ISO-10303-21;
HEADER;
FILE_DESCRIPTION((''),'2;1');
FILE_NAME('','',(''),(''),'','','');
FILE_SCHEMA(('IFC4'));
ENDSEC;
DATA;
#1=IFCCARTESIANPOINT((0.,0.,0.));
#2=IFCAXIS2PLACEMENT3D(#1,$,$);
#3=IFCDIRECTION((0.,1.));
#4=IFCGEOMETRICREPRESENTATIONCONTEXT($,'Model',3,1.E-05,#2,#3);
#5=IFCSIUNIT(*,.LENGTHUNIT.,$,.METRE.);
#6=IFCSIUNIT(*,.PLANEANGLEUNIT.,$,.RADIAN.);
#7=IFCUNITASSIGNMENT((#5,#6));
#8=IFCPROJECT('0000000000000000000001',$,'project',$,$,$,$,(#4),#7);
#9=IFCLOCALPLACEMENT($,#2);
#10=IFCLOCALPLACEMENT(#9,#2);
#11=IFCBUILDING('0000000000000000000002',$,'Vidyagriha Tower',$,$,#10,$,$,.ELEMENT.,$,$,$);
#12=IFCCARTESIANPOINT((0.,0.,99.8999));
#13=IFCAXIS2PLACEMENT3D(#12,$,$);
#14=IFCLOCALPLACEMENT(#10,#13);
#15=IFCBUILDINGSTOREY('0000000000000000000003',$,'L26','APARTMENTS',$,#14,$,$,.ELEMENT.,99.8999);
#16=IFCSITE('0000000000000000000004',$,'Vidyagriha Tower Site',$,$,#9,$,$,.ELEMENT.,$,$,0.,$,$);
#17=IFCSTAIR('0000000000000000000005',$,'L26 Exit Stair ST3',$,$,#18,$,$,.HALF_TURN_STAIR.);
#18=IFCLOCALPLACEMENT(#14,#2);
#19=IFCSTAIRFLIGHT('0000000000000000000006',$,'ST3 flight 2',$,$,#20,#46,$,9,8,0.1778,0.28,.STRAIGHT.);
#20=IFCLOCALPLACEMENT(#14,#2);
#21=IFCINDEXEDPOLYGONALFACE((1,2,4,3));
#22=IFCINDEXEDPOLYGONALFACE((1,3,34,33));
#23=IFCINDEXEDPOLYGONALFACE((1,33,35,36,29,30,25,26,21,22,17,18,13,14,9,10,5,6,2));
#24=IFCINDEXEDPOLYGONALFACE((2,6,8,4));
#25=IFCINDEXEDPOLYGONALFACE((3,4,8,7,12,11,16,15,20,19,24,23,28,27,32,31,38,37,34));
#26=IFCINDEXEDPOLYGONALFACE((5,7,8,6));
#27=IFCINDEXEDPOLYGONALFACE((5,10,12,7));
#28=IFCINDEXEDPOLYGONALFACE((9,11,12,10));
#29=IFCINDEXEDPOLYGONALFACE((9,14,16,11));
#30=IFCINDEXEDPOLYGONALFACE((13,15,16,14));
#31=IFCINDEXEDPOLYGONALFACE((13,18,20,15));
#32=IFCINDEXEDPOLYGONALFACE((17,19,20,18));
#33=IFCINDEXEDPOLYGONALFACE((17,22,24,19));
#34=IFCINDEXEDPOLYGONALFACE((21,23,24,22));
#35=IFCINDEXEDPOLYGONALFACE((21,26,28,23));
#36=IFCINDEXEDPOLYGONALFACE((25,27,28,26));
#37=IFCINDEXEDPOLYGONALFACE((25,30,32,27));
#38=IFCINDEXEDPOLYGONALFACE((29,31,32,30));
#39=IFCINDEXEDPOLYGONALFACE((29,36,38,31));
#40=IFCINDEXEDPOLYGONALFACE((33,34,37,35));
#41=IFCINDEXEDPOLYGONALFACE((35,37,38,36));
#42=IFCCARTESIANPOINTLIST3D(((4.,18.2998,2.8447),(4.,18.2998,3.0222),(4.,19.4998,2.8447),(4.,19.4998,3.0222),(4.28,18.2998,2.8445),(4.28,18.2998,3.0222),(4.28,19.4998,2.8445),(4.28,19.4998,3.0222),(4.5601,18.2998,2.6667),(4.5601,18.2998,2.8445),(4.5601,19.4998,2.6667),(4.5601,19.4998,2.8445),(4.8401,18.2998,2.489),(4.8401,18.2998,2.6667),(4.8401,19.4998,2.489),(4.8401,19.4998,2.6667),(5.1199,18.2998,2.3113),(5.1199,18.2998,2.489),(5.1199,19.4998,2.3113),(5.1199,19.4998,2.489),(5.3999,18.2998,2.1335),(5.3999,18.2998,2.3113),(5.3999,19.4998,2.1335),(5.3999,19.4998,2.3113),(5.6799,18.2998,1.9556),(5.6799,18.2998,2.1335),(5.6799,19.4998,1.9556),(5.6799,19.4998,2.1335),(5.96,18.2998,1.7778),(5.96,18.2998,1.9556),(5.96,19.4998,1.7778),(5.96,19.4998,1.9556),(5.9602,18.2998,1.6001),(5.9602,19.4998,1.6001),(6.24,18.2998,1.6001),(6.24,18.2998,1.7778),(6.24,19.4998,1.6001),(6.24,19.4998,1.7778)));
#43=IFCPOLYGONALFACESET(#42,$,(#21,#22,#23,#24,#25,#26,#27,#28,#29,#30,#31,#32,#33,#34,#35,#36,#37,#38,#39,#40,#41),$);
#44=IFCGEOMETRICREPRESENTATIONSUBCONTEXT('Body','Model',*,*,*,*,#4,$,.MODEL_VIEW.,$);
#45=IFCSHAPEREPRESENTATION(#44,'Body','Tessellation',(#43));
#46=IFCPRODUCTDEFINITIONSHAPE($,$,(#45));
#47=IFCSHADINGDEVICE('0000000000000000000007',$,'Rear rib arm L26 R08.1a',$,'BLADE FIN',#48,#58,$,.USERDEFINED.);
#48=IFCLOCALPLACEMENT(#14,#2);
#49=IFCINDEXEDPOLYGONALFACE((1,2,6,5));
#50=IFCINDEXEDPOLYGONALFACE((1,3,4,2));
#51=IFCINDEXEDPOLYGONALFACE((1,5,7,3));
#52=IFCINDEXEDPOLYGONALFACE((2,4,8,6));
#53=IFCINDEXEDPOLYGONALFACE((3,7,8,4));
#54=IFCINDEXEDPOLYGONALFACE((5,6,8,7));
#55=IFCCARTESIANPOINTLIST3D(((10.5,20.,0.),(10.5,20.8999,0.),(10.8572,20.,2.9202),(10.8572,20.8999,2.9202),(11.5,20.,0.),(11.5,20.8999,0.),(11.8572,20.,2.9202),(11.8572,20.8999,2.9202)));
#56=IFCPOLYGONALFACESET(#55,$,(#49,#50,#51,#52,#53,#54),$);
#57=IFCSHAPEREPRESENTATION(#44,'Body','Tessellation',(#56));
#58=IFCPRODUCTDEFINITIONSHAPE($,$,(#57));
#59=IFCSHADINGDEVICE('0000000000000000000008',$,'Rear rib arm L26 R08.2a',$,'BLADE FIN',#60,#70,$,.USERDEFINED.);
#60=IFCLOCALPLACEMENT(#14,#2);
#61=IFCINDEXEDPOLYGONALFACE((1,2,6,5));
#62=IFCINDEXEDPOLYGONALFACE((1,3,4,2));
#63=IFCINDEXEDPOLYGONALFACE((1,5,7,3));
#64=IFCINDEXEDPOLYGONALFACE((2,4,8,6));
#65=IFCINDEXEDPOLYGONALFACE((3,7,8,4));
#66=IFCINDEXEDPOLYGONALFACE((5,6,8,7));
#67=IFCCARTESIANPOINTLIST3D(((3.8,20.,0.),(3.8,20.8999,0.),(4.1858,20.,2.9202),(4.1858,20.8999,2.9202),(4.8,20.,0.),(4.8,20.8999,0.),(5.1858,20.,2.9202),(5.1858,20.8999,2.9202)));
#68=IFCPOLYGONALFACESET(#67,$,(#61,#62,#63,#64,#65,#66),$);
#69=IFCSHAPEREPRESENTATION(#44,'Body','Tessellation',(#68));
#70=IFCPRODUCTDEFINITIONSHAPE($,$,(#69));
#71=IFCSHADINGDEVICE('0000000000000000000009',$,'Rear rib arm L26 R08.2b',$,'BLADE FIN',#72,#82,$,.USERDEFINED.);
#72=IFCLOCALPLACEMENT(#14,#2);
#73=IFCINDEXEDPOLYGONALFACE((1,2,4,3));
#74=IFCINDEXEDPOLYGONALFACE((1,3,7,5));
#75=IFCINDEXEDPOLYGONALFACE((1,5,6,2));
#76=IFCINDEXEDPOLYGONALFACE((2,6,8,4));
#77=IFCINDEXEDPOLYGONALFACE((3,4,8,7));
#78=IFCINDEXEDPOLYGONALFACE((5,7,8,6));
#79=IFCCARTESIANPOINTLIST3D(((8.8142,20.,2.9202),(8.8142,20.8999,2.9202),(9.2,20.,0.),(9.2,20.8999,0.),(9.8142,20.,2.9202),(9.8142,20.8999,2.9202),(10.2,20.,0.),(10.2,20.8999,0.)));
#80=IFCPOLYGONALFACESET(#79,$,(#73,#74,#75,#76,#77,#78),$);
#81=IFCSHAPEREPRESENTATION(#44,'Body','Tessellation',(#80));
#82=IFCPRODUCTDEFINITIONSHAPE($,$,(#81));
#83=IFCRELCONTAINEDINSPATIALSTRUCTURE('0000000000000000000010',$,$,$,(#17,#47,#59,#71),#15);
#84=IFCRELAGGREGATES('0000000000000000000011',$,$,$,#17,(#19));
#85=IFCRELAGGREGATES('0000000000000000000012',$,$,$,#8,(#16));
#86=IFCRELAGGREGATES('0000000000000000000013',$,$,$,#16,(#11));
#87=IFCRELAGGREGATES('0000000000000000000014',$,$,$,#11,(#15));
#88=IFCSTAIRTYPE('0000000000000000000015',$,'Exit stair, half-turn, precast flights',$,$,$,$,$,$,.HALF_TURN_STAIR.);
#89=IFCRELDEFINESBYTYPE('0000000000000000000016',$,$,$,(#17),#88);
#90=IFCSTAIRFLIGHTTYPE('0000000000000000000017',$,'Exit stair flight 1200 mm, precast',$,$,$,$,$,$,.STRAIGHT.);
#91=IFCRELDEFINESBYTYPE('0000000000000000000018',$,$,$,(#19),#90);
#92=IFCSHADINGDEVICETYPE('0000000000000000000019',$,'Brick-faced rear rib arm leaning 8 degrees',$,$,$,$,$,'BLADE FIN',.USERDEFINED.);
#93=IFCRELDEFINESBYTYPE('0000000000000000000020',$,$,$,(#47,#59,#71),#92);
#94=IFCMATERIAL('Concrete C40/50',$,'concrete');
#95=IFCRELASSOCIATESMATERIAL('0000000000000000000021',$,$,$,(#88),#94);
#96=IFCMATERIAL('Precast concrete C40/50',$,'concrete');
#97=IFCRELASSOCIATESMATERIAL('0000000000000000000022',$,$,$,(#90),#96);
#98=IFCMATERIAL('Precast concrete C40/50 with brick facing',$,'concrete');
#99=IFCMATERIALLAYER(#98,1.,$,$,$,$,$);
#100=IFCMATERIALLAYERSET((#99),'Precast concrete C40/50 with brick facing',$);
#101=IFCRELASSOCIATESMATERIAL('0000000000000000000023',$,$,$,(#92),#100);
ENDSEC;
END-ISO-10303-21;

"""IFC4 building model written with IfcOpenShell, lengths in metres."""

from ifc_helpers import new_model, si_unit, direction, frame, origin, place, context, subcontext, project, spatial, polyline, outline, extrude, material, layer, layer_set, type_object, element, aggregate, save


model = new_model("IFC4")

# Units and contexts
model_context = context("Model", 3, precision=1e-05, world=origin(), true_north=direction((0.0, 1.0)))
body_context = subcontext(model_context, "Body", "Model", "MODEL_VIEW")
ifc_project = project(units=[si_unit("LENGTHUNIT", "METRE"), si_unit("PLANEANGLEUNIT", "RADIAN")], contexts=[model_context])

# Site, building, storey
site_placement = place(None, origin())
site = spatial("IfcSite", under=ifc_project, at=site_placement, Name="Vidyagriha Tower Site", CompositionType="ELEMENT", RefElevation=0.0)
building_placement = place(site_placement, origin())
building = spatial("IfcBuilding", under=site, at=building_placement, Name="Vidyagriha Tower", CompositionType="ELEMENT")
storey_placement = place(building_placement, frame((0.0, 0.0, 99.8999)))
storey = spatial("IfcBuildingStorey", under=building, at=storey_placement, Name="L26", Description="APARTMENTS", CompositionType="ELEMENT", Elevation=99.8999)

# Stair, stair flight
ifc_material_1 = material(Name="Concrete C40/50", Category="concrete")
stair_type = type_object("IfcStairType", Name="Exit stair, half-turn, precast flights", PredefinedType="HALF_TURN_STAIR", material=ifc_material_1)
stair_placement = place(storey_placement, origin())
stair = element("IfcStair", 1, at=stair_placement, inside=storey, type_object=stair_type, Name="L26 Exit Stair ST3", PredefinedType="HALF_TURN_STAIR")
ifc_material_2 = material(Name="Precast concrete C40/50", Category="concrete")
stair_flight_type = type_object("IfcStairFlightType", Name="Exit stair flight 1200 mm, precast", PredefinedType="STRAIGHT", material=ifc_material_2)
stair_flight_1_placement = place(storey_placement, frame((6.24, 18.8999, 1.6001), z_axis=(0.0, 0.0, 1.0), x_axis=(-1.0, 0.0, 0.0)))
stair_flight_1 = element("IfcStairFlight", 2, at=stair_flight_1_placement, type_object=stair_flight_type, Name="ST3 flight 2", NumberOfRisers=9, NumberOfTreads=8, PredefinedType="STRAIGHT", RiserHeight=0.1778, TreadLength=0.28, context=body_context, shape_type="SweptSolid", body=[
    extrude(outline(polyline([(0.0, 0.0), (0.0, 0.1777), (0.28, 0.1777), (0.28, 0.3555), (0.5601, 0.3555), (0.5601, 0.5334), (0.8401, 0.5334), (0.8401, 0.7112), (1.1201, 0.7112), (1.1201, 0.8889), (1.3999, 0.8889), (1.3999, 1.0667), (1.6799, 1.0667), (1.6799, 1.2444), (1.96, 1.2444), (1.96, 1.4221), (2.24, 1.4221), (2.24, 1.6001), (2.24, 1.2446), (0.2798, 0.0), (0.0, 0.0)])), frame((0.0, 0.6001, 0.0), z_axis=(0.0, -1.0, 0.0), x_axis=(1.0, 0.0, 0.0)), (0.0, 0.0, 1.0), 1.2),
])
aggregate(stair, [stair_flight_1])

# Shading devices
ifc_material_3 = material(Name="Precast concrete C40/50 with brick facing", Category="concrete")
ifc_layer_1 = layer(ifc_material_3, 1.0)
ifc_layer_set_1 = layer_set([ifc_layer_1], Name="Precast concrete C40/50 with brick facing")
shading_device_type = type_object("IfcShadingDeviceType", Name="Brick-faced rear rib arm leaning 8 degrees", ElementType="BLADE FIN", PredefinedType="USERDEFINED", material=ifc_layer_set_1)
shading_device_1_placement = place(storey_placement, frame((11.8572, 20.45, 0.0), z_axis=(0.0, 0.0, 1.0), x_axis=(-1.0, 0.0, 0.0)))
element("IfcShadingDevice", 3, at=shading_device_1_placement, inside=storey, type_object=shading_device_type, Name="Rear rib arm L26 R08.1a", ObjectType="BLADE FIN", PredefinedType="USERDEFINED", context=body_context, shape_type="SweptSolid", body=[
    extrude(outline(polyline([(0.3572, 0.0), (1.3572, 0.0), (1.0, 2.9202), (0.0, 2.9202), (0.3572, 0.0)])), frame((0.0, 0.45, 0.0), z_axis=(0.0, -1.0, 0.0), x_axis=(1.0, 0.0, 0.0)), (0.0, 0.0, 1.0), 0.8999),
])
shading_device_2_placement = place(storey_placement, frame((5.1858, 20.45, 0.0), z_axis=(0.0, 0.0, 1.0), x_axis=(-1.0, 0.0, 0.0)))
element("IfcShadingDevice", 4, at=shading_device_2_placement, inside=storey, type_object=shading_device_type, Name="Rear rib arm L26 R08.2a", ObjectType="BLADE FIN", PredefinedType="USERDEFINED", context=body_context, shape_type="SweptSolid", body=[
    extrude(outline(polyline([(0.3857, 0.0), (1.3857, 0.0), (1.0, 2.9202), (0.0, 2.9202), (0.3857, 0.0)])), frame((0.0, 0.45, 0.0), z_axis=(0.0, -1.0, 0.0), x_axis=(1.0, 0.0, 0.0)), (0.0, 0.0, 1.0), 0.8999),
])
shading_device_3_placement = place(storey_placement, frame((10.2, 20.45, 0.0), z_axis=(0.0, 0.0, 1.0), x_axis=(-1.0, 0.0, 0.0)))
element("IfcShadingDevice", 5, at=shading_device_3_placement, inside=storey, type_object=shading_device_type, Name="Rear rib arm L26 R08.2b", ObjectType="BLADE FIN", PredefinedType="USERDEFINED", context=body_context, shape_type="SweptSolid", body=[
    extrude(outline(polyline([(0.0, 0.0), (1.0, 0.0), (1.3857, 2.9202), (0.3857, 2.9202), (0.0, 0.0)])), frame((0.0, 0.45, 0.0), z_axis=(0.0, -1.0, 0.0), x_axis=(1.0, 0.0, 0.0)), (0.0, 0.0, 1.0), 0.8999),
])

save(model, "model.ifc")
